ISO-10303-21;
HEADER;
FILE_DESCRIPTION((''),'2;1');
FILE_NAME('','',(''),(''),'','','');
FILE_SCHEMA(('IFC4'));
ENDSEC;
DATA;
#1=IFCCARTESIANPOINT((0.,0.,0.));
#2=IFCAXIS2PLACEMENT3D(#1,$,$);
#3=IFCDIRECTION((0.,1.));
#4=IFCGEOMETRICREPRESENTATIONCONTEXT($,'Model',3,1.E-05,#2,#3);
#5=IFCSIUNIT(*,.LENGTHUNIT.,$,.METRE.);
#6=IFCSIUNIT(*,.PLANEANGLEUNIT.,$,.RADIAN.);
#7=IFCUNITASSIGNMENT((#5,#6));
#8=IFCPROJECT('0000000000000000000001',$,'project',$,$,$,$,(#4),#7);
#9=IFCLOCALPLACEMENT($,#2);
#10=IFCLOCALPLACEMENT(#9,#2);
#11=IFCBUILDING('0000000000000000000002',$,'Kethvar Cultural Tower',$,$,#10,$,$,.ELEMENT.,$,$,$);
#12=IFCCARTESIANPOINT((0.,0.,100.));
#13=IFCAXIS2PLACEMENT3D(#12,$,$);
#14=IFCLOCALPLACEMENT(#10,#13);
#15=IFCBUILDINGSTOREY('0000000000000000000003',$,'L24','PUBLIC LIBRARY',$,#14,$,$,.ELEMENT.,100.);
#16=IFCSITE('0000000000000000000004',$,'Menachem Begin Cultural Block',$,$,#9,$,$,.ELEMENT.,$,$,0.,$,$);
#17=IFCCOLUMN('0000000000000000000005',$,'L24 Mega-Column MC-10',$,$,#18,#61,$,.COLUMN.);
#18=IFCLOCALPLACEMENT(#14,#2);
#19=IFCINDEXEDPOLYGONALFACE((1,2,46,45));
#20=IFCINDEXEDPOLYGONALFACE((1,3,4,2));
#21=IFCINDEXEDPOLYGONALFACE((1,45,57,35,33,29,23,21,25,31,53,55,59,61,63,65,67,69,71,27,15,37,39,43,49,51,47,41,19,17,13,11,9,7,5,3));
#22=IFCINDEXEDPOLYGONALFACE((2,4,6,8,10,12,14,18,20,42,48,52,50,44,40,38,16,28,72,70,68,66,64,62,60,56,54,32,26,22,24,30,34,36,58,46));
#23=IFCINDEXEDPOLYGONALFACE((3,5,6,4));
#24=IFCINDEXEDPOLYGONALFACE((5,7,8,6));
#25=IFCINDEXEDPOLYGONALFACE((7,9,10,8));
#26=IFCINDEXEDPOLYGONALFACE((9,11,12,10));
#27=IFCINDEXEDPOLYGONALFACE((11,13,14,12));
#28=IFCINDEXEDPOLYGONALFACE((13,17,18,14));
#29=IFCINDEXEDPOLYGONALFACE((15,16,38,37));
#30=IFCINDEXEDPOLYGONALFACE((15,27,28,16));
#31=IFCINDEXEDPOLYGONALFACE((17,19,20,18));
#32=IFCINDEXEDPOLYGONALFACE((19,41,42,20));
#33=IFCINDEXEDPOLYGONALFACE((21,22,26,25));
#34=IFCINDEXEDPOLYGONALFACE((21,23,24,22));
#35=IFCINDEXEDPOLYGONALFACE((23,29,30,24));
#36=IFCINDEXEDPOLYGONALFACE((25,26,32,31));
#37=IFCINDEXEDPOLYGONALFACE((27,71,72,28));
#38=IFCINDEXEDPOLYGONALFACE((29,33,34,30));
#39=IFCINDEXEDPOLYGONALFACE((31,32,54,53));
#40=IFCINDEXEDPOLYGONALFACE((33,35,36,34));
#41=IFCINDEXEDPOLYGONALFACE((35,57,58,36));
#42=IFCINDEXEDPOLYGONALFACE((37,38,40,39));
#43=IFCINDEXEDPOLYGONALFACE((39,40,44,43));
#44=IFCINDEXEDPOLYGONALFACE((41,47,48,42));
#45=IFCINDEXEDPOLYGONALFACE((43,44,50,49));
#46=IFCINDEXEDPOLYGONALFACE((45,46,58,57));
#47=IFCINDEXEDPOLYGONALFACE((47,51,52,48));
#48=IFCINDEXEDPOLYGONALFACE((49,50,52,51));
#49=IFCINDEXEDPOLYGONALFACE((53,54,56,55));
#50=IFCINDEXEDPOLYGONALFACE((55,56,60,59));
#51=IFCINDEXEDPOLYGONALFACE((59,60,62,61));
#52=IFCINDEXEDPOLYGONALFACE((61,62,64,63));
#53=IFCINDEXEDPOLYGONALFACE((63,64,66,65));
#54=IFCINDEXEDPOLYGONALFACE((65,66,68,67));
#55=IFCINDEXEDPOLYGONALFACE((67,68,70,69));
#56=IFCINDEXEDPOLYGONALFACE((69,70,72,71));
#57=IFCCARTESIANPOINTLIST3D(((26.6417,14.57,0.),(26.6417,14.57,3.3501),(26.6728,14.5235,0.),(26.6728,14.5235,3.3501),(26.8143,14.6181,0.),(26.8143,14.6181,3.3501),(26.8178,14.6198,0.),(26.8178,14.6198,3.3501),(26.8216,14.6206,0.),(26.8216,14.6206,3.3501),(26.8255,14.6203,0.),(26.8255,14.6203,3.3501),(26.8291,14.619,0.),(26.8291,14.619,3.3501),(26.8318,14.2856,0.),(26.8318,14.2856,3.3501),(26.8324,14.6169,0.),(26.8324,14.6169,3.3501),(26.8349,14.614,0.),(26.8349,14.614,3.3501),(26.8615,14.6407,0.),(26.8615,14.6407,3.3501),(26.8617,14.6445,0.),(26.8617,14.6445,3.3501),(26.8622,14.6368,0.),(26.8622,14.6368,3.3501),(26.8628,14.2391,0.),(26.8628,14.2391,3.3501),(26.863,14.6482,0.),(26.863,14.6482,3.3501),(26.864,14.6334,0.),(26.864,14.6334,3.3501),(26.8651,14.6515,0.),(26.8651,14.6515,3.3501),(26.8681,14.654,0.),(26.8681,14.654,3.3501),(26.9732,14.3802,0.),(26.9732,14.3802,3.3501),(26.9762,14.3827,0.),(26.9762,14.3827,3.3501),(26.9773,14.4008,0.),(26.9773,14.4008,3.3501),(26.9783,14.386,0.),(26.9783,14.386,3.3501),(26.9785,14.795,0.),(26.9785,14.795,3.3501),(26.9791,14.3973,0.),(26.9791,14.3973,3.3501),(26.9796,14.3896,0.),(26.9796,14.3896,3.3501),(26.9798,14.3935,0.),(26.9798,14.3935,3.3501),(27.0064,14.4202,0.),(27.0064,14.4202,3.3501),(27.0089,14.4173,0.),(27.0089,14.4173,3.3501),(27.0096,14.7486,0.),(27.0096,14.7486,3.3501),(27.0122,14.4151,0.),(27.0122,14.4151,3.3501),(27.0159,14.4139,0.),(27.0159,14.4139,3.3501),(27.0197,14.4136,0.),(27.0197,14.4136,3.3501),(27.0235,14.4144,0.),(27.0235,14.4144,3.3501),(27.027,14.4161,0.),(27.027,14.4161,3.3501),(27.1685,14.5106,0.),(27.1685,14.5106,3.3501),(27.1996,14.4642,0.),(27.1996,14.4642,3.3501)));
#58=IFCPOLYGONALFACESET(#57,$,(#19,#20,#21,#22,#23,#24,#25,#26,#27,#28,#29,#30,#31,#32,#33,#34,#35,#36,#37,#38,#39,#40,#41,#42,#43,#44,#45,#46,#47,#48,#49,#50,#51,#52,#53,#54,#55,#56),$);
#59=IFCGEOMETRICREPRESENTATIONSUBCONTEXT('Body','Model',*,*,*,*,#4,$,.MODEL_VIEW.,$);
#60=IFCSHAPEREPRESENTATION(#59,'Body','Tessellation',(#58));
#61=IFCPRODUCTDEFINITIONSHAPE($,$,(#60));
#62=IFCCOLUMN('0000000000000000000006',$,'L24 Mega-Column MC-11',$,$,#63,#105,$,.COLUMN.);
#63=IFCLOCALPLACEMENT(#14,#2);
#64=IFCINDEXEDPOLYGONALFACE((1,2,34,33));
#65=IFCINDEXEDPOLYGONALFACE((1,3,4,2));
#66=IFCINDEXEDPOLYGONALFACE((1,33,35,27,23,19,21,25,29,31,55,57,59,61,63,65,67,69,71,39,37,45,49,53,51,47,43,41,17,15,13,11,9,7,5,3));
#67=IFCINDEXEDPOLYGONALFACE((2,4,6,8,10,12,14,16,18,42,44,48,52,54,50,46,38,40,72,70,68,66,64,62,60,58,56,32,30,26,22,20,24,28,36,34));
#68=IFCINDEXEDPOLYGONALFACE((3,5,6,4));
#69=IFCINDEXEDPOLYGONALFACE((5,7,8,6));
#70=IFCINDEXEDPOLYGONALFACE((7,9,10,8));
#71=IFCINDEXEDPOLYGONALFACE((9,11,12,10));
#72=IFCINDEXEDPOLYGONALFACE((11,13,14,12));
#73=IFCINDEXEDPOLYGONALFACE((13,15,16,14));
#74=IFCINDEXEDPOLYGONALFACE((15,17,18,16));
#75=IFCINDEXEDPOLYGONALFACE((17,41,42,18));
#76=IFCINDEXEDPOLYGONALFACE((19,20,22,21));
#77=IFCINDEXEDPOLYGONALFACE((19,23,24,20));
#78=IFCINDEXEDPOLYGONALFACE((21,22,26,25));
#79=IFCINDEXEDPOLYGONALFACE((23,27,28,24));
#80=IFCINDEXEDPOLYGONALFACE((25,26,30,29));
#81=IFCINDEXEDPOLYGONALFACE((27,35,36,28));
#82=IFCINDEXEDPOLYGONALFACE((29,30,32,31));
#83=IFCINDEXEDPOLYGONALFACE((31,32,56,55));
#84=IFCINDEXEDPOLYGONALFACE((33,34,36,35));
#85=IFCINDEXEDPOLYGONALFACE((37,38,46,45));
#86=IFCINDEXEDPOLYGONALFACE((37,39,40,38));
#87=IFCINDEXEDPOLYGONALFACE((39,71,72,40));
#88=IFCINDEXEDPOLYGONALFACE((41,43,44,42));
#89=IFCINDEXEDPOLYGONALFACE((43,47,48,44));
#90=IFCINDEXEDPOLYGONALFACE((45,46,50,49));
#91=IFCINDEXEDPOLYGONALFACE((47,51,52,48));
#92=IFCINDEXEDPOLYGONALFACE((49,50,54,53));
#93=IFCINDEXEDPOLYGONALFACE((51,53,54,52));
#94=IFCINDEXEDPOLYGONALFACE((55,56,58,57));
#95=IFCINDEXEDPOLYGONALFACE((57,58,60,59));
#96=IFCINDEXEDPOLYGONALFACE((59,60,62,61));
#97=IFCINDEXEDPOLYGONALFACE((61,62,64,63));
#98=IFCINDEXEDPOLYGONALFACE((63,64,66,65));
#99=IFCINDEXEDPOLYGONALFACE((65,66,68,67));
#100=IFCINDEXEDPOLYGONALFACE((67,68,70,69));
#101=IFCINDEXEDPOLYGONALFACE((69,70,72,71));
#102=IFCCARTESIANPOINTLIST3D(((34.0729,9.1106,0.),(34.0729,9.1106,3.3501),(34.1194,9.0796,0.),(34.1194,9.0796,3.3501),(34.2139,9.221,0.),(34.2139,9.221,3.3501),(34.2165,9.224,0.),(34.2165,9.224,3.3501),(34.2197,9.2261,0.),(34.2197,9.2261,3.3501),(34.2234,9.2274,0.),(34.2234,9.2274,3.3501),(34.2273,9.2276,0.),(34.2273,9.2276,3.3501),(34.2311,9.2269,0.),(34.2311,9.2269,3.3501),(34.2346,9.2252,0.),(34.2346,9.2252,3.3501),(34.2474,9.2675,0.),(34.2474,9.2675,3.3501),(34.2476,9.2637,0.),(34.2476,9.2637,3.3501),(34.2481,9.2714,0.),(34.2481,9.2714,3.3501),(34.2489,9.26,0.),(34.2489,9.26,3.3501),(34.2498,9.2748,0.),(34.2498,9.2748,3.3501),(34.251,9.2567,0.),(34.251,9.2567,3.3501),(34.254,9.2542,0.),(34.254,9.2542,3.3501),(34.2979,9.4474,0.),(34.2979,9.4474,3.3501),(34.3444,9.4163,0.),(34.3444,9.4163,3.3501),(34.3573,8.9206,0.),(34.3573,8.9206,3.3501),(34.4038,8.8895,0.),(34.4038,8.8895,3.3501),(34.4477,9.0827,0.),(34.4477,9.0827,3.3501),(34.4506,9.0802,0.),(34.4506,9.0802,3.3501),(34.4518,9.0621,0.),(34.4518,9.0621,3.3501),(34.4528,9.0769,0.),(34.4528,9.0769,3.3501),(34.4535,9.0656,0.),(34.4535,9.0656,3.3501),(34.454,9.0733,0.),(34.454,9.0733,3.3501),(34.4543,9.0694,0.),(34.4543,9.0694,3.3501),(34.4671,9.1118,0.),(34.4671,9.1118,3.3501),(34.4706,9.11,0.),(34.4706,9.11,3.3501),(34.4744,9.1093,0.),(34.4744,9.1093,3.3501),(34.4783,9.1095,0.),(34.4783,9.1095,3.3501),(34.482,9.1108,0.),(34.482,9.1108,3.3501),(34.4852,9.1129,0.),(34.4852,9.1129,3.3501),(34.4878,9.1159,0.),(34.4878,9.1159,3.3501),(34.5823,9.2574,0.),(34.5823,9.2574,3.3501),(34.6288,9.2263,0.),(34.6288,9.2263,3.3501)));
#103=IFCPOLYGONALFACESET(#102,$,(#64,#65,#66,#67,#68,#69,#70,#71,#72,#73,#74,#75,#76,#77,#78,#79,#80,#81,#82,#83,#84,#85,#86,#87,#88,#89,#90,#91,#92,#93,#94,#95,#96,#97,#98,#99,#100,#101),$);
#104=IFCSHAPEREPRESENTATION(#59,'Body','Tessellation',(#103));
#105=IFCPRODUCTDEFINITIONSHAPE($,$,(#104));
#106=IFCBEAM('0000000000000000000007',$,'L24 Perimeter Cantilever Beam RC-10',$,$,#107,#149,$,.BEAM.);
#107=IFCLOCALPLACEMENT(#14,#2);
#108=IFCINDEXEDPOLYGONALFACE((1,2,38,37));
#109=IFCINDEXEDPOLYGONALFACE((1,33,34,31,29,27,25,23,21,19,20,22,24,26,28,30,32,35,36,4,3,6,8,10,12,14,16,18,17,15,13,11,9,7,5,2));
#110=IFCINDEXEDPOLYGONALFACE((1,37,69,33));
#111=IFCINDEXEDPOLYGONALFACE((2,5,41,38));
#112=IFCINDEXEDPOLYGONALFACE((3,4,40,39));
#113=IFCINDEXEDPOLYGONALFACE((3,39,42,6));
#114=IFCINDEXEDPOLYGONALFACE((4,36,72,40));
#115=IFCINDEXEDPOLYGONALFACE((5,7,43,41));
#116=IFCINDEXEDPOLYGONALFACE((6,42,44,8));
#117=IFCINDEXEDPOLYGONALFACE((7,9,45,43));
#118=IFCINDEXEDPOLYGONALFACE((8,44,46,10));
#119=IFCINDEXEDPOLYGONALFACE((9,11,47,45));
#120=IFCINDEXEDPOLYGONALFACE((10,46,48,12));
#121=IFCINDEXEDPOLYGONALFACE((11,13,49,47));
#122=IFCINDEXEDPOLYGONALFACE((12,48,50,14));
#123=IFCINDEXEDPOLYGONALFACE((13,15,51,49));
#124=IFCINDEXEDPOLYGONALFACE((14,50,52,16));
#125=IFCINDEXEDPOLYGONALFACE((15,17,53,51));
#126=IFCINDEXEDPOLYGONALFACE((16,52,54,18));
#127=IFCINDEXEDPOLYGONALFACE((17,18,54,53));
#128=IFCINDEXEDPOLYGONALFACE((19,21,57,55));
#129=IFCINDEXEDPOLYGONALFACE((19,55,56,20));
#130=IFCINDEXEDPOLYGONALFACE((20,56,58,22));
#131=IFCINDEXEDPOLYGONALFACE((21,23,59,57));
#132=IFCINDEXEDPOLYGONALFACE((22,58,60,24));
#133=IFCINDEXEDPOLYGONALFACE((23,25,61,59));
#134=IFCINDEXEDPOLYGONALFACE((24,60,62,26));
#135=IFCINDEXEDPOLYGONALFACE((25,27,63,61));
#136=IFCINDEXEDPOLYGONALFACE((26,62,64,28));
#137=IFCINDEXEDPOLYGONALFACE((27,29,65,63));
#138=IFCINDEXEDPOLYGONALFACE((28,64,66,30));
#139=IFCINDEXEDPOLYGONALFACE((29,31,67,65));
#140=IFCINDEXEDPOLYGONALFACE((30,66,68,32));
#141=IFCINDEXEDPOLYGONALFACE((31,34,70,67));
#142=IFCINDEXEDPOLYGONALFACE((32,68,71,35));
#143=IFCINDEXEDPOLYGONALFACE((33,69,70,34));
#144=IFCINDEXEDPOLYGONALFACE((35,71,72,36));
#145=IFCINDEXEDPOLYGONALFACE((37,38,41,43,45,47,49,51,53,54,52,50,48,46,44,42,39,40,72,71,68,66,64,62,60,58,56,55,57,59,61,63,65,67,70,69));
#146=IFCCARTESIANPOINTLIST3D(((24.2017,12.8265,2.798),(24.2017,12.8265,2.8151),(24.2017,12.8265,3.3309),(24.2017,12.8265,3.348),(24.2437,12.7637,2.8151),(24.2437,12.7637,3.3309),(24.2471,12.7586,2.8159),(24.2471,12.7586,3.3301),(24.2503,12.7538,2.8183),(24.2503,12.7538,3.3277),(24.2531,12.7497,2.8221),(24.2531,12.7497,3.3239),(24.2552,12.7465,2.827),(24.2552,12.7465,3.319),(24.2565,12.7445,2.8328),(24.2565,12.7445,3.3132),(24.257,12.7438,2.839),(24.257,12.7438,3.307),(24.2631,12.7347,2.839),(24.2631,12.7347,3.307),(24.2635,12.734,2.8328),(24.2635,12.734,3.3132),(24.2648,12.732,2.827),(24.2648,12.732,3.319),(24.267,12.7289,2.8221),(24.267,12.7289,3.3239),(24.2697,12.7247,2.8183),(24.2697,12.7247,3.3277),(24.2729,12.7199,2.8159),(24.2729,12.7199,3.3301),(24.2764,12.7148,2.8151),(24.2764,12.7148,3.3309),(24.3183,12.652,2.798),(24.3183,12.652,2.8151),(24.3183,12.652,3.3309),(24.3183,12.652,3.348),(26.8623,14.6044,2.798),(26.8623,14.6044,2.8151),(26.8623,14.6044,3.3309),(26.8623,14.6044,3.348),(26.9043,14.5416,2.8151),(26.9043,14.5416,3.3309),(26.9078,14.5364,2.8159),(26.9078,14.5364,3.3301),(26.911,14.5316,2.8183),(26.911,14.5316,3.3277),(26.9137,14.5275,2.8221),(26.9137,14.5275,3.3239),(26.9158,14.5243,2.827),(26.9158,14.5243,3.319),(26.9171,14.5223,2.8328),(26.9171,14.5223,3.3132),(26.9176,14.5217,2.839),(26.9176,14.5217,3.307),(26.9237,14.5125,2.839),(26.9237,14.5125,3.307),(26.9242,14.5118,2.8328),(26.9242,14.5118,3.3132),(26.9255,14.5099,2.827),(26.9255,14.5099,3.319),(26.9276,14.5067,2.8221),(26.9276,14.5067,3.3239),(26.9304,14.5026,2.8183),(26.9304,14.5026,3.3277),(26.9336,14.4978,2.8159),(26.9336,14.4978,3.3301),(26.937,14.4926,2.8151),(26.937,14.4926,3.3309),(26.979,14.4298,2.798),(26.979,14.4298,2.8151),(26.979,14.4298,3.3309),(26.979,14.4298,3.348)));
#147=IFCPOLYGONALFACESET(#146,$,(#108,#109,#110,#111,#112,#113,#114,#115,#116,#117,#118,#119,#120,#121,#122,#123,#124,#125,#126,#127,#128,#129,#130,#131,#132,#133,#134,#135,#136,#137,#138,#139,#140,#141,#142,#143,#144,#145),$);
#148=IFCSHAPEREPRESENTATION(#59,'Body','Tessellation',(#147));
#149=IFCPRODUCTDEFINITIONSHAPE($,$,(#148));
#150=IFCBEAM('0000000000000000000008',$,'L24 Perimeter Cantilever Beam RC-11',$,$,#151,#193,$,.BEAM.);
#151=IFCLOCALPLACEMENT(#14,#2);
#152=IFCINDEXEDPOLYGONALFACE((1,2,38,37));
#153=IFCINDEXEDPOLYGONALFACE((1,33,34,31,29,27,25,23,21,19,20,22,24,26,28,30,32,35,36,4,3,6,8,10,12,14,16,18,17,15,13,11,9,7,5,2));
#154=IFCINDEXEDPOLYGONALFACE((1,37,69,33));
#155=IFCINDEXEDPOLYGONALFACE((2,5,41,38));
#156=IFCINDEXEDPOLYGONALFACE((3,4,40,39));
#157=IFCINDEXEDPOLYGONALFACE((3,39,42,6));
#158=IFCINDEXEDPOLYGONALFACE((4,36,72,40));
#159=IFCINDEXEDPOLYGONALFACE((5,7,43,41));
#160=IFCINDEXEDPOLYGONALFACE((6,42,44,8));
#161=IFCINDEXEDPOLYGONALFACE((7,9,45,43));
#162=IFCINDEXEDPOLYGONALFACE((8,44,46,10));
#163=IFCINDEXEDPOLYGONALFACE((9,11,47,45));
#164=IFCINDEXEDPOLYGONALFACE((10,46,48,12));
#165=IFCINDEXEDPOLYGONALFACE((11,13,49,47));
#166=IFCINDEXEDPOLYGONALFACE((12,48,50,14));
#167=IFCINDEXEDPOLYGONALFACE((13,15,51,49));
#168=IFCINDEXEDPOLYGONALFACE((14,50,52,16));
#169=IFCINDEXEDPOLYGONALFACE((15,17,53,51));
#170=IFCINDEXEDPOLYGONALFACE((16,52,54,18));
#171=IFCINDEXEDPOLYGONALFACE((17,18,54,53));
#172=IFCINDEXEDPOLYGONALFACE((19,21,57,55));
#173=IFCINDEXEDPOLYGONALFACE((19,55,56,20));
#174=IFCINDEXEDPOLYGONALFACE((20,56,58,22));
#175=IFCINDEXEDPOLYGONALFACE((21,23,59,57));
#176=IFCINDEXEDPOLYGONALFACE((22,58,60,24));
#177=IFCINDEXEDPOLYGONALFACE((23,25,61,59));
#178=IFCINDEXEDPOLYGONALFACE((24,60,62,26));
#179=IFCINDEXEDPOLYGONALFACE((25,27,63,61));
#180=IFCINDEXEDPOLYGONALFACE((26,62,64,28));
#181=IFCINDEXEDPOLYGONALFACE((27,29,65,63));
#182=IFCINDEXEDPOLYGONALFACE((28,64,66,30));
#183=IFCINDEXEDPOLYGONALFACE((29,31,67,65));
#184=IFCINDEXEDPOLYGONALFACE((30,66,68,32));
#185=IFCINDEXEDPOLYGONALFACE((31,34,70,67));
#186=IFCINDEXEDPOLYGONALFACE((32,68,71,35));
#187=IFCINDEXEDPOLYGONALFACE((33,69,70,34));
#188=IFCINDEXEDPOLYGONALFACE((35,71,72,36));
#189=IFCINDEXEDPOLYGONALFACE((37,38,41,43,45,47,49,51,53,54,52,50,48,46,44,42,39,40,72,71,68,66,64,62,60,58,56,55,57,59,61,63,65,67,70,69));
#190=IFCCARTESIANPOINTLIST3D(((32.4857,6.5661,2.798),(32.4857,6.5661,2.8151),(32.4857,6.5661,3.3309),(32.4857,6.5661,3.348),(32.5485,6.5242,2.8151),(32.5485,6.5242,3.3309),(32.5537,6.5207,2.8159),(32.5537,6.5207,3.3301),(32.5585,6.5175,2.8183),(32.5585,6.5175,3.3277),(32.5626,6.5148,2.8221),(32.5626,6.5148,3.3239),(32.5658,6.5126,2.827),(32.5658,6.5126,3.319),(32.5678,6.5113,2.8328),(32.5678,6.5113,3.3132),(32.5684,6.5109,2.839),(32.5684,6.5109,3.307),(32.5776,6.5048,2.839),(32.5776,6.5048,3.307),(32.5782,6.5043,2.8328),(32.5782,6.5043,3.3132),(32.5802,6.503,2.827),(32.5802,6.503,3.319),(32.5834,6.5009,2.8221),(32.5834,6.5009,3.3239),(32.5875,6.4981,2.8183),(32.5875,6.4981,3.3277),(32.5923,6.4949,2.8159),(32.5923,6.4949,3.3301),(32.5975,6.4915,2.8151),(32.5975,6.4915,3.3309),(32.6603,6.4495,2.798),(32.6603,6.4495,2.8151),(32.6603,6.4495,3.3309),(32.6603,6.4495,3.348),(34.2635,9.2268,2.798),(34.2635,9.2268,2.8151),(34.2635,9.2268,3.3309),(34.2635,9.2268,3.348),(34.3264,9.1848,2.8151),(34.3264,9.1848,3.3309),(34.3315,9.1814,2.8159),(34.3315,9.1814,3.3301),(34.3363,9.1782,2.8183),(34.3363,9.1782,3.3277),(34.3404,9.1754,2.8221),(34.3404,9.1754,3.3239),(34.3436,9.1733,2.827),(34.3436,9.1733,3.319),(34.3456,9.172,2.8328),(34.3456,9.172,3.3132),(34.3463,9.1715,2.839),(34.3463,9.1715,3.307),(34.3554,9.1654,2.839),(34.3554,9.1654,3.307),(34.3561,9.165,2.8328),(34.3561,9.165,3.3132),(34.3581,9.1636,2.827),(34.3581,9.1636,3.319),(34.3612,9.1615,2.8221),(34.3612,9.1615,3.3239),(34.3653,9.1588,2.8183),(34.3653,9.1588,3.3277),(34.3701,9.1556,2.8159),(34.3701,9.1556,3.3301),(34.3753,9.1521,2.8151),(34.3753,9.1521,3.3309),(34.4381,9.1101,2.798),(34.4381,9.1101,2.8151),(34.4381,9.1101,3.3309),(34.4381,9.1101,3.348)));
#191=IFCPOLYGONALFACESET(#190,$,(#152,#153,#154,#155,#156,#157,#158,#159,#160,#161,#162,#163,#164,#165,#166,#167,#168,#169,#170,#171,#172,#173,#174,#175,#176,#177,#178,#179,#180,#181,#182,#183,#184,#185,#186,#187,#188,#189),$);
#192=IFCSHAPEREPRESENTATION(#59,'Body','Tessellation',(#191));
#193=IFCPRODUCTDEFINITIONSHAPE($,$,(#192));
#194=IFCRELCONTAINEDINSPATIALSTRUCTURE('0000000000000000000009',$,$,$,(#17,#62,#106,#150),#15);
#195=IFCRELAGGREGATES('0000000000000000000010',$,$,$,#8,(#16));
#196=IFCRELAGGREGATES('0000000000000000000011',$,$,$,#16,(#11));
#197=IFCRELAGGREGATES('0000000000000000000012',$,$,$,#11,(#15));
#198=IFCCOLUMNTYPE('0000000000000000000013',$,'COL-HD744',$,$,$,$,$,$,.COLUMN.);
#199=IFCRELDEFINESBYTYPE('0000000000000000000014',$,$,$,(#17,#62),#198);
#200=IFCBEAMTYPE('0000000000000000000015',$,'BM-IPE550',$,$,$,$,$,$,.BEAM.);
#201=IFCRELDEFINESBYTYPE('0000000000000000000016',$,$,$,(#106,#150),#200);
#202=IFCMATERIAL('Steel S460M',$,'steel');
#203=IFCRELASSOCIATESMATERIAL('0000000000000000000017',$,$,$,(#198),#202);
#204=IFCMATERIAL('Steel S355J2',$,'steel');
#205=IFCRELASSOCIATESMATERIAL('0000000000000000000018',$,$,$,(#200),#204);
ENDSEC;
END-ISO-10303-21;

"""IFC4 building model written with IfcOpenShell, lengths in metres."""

from ifc_helpers import new_model, si_unit, direction, frame, origin, origin_2d, place, context, subcontext, project, spatial, i_section, extrude, source, transform, mapped, material, material_profile, profile_set, type_object, element, save


model = new_model("IFC4")

# Units and contexts
model_context = context("Model", 3, precision=1e-05, world=origin(), true_north=direction((0.0, 1.0)))
body_context = subcontext(model_context, "Body", "Model", "MODEL_VIEW")
ifc_project = project(units=[si_unit("LENGTHUNIT", "METRE"), si_unit("PLANEANGLEUNIT", "RADIAN")], contexts=[model_context])

# Site, building, storey
site_placement = place(None, origin())
site = spatial("IfcSite", under=ifc_project, at=site_placement, Name="Menachem Begin Cultural Block", CompositionType="ELEMENT", RefElevation=0.0)
building_placement = place(site_placement, origin())
building = spatial("IfcBuilding", under=site, at=building_placement, Name="Kethvar Cultural Tower", CompositionType="ELEMENT")
storey_placement = place(building_placement, frame((0.0, 0.0, 100.0)))
storey = spatial("IfcBuildingStorey", under=building, at=storey_placement, Name="L24", Description="PUBLIC LIBRARY", CompositionType="ELEMENT", Elevation=100.0)

# Columns
ifc_material_1 = material(Name="Steel S460M", Category="steel")
ifc_material_profile_1 = material_profile(ifc_material_1, i_section(OverallWidth=0.405, OverallDepth=0.3979, WebThickness=0.0349, FlangeThickness=0.0559, FilletRadius=0.0149, at=origin_2d()), Name="Steel S460M — HD400x744")
ifc_profile_set_1 = profile_set([ifc_material_profile_1], Name="Steel S460M — HD400x744")
column_type = type_object("IfcColumnType", Name="COL-HD744", PredefinedType="COLUMN", material=ifc_profile_set_1)
shared_shape_1 = source(origin(), body_context, "Body", "SweptSolid", [
    extrude(i_section(OverallWidth=0.405, OverallDepth=0.3979, WebThickness=0.0349, FlangeThickness=0.0559, FilletRadius=0.0149, at=origin_2d()), origin(), (0.0, 0.0, 1.0), 3.3501),
])
for number, where, z_axis, x_axis, name in (
    (1, (26.9207, 14.5171, 0.0), (0.0, 0.0, 1.0), (-0.83147, -0.55557, 0.0), "L24 Mega-Column MC-10"),
    (2, (34.3508, 9.1685, 0.0), (0.0, 0.0, 1.0), (-0.55557, -0.83147, 0.0), "L24 Mega-Column MC-11"),
):
    element("IfcColumn", number, at=place(storey_placement, frame(where, z_axis=z_axis, x_axis=x_axis)), inside=storey, type_object=column_type, Name=name, PredefinedType="COLUMN", context=body_context, shape_type="MappedRepresentation", body=[
        mapped(shared_shape_1, transform((0.0, 0.0, 0.0), scale=1.0)),
    ])

# Beams
ifc_material_2 = material(Name="Steel S355J2", Category="steel")
ifc_material_profile_2 = material_profile(ifc_material_2, i_section(OverallWidth=0.21, OverallDepth=0.55, WebThickness=0.011, FlangeThickness=0.0171, FilletRadius=0.0239, at=origin_2d()), Name="Steel S355J2 — IPE550")
ifc_profile_set_2 = profile_set([ifc_material_profile_2], Name="Steel S355J2 — IPE550")
beam_type_1 = type_object("IfcBeamType", Name="BM-IPE550", PredefinedType="BEAM", material=ifc_profile_set_2)
shared_shape_2 = source(origin(), body_context, "Body", "SweptSolid", [
    extrude(i_section(OverallWidth=0.21, OverallDepth=0.55, WebThickness=0.011, FlangeThickness=0.0171, FilletRadius=0.0239, at=origin_2d()), origin(), (0.0, 0.0, 1.0), 3.2),
])
for number, where, z_axis, x_axis, name in (
    (3, (26.9207, 14.5171, 3.073), (-0.831463, -0.55558, 0.0), (0.55558, -0.831463, 0.0), "L24 Perimeter Cantilever Beam RC-10"),
    (4, (34.3508, 9.1685, 3.073), (-0.55558, -0.831463, 0.0), (0.831463, -0.55558, 0.0), "L24 Perimeter Cantilever Beam RC-11"),
):
    element("IfcBeam", number, at=place(storey_placement, frame(where, z_axis=z_axis, x_axis=x_axis)), inside=storey, type_object=beam_type_1, Name=name, PredefinedType="BEAM", context=body_context, shape_type="MappedRepresentation", body=[
        mapped(shared_shape_2, transform((0.0, 0.0, 0.0), scale=1.0)),
    ])

save(model, "model.ifc")
